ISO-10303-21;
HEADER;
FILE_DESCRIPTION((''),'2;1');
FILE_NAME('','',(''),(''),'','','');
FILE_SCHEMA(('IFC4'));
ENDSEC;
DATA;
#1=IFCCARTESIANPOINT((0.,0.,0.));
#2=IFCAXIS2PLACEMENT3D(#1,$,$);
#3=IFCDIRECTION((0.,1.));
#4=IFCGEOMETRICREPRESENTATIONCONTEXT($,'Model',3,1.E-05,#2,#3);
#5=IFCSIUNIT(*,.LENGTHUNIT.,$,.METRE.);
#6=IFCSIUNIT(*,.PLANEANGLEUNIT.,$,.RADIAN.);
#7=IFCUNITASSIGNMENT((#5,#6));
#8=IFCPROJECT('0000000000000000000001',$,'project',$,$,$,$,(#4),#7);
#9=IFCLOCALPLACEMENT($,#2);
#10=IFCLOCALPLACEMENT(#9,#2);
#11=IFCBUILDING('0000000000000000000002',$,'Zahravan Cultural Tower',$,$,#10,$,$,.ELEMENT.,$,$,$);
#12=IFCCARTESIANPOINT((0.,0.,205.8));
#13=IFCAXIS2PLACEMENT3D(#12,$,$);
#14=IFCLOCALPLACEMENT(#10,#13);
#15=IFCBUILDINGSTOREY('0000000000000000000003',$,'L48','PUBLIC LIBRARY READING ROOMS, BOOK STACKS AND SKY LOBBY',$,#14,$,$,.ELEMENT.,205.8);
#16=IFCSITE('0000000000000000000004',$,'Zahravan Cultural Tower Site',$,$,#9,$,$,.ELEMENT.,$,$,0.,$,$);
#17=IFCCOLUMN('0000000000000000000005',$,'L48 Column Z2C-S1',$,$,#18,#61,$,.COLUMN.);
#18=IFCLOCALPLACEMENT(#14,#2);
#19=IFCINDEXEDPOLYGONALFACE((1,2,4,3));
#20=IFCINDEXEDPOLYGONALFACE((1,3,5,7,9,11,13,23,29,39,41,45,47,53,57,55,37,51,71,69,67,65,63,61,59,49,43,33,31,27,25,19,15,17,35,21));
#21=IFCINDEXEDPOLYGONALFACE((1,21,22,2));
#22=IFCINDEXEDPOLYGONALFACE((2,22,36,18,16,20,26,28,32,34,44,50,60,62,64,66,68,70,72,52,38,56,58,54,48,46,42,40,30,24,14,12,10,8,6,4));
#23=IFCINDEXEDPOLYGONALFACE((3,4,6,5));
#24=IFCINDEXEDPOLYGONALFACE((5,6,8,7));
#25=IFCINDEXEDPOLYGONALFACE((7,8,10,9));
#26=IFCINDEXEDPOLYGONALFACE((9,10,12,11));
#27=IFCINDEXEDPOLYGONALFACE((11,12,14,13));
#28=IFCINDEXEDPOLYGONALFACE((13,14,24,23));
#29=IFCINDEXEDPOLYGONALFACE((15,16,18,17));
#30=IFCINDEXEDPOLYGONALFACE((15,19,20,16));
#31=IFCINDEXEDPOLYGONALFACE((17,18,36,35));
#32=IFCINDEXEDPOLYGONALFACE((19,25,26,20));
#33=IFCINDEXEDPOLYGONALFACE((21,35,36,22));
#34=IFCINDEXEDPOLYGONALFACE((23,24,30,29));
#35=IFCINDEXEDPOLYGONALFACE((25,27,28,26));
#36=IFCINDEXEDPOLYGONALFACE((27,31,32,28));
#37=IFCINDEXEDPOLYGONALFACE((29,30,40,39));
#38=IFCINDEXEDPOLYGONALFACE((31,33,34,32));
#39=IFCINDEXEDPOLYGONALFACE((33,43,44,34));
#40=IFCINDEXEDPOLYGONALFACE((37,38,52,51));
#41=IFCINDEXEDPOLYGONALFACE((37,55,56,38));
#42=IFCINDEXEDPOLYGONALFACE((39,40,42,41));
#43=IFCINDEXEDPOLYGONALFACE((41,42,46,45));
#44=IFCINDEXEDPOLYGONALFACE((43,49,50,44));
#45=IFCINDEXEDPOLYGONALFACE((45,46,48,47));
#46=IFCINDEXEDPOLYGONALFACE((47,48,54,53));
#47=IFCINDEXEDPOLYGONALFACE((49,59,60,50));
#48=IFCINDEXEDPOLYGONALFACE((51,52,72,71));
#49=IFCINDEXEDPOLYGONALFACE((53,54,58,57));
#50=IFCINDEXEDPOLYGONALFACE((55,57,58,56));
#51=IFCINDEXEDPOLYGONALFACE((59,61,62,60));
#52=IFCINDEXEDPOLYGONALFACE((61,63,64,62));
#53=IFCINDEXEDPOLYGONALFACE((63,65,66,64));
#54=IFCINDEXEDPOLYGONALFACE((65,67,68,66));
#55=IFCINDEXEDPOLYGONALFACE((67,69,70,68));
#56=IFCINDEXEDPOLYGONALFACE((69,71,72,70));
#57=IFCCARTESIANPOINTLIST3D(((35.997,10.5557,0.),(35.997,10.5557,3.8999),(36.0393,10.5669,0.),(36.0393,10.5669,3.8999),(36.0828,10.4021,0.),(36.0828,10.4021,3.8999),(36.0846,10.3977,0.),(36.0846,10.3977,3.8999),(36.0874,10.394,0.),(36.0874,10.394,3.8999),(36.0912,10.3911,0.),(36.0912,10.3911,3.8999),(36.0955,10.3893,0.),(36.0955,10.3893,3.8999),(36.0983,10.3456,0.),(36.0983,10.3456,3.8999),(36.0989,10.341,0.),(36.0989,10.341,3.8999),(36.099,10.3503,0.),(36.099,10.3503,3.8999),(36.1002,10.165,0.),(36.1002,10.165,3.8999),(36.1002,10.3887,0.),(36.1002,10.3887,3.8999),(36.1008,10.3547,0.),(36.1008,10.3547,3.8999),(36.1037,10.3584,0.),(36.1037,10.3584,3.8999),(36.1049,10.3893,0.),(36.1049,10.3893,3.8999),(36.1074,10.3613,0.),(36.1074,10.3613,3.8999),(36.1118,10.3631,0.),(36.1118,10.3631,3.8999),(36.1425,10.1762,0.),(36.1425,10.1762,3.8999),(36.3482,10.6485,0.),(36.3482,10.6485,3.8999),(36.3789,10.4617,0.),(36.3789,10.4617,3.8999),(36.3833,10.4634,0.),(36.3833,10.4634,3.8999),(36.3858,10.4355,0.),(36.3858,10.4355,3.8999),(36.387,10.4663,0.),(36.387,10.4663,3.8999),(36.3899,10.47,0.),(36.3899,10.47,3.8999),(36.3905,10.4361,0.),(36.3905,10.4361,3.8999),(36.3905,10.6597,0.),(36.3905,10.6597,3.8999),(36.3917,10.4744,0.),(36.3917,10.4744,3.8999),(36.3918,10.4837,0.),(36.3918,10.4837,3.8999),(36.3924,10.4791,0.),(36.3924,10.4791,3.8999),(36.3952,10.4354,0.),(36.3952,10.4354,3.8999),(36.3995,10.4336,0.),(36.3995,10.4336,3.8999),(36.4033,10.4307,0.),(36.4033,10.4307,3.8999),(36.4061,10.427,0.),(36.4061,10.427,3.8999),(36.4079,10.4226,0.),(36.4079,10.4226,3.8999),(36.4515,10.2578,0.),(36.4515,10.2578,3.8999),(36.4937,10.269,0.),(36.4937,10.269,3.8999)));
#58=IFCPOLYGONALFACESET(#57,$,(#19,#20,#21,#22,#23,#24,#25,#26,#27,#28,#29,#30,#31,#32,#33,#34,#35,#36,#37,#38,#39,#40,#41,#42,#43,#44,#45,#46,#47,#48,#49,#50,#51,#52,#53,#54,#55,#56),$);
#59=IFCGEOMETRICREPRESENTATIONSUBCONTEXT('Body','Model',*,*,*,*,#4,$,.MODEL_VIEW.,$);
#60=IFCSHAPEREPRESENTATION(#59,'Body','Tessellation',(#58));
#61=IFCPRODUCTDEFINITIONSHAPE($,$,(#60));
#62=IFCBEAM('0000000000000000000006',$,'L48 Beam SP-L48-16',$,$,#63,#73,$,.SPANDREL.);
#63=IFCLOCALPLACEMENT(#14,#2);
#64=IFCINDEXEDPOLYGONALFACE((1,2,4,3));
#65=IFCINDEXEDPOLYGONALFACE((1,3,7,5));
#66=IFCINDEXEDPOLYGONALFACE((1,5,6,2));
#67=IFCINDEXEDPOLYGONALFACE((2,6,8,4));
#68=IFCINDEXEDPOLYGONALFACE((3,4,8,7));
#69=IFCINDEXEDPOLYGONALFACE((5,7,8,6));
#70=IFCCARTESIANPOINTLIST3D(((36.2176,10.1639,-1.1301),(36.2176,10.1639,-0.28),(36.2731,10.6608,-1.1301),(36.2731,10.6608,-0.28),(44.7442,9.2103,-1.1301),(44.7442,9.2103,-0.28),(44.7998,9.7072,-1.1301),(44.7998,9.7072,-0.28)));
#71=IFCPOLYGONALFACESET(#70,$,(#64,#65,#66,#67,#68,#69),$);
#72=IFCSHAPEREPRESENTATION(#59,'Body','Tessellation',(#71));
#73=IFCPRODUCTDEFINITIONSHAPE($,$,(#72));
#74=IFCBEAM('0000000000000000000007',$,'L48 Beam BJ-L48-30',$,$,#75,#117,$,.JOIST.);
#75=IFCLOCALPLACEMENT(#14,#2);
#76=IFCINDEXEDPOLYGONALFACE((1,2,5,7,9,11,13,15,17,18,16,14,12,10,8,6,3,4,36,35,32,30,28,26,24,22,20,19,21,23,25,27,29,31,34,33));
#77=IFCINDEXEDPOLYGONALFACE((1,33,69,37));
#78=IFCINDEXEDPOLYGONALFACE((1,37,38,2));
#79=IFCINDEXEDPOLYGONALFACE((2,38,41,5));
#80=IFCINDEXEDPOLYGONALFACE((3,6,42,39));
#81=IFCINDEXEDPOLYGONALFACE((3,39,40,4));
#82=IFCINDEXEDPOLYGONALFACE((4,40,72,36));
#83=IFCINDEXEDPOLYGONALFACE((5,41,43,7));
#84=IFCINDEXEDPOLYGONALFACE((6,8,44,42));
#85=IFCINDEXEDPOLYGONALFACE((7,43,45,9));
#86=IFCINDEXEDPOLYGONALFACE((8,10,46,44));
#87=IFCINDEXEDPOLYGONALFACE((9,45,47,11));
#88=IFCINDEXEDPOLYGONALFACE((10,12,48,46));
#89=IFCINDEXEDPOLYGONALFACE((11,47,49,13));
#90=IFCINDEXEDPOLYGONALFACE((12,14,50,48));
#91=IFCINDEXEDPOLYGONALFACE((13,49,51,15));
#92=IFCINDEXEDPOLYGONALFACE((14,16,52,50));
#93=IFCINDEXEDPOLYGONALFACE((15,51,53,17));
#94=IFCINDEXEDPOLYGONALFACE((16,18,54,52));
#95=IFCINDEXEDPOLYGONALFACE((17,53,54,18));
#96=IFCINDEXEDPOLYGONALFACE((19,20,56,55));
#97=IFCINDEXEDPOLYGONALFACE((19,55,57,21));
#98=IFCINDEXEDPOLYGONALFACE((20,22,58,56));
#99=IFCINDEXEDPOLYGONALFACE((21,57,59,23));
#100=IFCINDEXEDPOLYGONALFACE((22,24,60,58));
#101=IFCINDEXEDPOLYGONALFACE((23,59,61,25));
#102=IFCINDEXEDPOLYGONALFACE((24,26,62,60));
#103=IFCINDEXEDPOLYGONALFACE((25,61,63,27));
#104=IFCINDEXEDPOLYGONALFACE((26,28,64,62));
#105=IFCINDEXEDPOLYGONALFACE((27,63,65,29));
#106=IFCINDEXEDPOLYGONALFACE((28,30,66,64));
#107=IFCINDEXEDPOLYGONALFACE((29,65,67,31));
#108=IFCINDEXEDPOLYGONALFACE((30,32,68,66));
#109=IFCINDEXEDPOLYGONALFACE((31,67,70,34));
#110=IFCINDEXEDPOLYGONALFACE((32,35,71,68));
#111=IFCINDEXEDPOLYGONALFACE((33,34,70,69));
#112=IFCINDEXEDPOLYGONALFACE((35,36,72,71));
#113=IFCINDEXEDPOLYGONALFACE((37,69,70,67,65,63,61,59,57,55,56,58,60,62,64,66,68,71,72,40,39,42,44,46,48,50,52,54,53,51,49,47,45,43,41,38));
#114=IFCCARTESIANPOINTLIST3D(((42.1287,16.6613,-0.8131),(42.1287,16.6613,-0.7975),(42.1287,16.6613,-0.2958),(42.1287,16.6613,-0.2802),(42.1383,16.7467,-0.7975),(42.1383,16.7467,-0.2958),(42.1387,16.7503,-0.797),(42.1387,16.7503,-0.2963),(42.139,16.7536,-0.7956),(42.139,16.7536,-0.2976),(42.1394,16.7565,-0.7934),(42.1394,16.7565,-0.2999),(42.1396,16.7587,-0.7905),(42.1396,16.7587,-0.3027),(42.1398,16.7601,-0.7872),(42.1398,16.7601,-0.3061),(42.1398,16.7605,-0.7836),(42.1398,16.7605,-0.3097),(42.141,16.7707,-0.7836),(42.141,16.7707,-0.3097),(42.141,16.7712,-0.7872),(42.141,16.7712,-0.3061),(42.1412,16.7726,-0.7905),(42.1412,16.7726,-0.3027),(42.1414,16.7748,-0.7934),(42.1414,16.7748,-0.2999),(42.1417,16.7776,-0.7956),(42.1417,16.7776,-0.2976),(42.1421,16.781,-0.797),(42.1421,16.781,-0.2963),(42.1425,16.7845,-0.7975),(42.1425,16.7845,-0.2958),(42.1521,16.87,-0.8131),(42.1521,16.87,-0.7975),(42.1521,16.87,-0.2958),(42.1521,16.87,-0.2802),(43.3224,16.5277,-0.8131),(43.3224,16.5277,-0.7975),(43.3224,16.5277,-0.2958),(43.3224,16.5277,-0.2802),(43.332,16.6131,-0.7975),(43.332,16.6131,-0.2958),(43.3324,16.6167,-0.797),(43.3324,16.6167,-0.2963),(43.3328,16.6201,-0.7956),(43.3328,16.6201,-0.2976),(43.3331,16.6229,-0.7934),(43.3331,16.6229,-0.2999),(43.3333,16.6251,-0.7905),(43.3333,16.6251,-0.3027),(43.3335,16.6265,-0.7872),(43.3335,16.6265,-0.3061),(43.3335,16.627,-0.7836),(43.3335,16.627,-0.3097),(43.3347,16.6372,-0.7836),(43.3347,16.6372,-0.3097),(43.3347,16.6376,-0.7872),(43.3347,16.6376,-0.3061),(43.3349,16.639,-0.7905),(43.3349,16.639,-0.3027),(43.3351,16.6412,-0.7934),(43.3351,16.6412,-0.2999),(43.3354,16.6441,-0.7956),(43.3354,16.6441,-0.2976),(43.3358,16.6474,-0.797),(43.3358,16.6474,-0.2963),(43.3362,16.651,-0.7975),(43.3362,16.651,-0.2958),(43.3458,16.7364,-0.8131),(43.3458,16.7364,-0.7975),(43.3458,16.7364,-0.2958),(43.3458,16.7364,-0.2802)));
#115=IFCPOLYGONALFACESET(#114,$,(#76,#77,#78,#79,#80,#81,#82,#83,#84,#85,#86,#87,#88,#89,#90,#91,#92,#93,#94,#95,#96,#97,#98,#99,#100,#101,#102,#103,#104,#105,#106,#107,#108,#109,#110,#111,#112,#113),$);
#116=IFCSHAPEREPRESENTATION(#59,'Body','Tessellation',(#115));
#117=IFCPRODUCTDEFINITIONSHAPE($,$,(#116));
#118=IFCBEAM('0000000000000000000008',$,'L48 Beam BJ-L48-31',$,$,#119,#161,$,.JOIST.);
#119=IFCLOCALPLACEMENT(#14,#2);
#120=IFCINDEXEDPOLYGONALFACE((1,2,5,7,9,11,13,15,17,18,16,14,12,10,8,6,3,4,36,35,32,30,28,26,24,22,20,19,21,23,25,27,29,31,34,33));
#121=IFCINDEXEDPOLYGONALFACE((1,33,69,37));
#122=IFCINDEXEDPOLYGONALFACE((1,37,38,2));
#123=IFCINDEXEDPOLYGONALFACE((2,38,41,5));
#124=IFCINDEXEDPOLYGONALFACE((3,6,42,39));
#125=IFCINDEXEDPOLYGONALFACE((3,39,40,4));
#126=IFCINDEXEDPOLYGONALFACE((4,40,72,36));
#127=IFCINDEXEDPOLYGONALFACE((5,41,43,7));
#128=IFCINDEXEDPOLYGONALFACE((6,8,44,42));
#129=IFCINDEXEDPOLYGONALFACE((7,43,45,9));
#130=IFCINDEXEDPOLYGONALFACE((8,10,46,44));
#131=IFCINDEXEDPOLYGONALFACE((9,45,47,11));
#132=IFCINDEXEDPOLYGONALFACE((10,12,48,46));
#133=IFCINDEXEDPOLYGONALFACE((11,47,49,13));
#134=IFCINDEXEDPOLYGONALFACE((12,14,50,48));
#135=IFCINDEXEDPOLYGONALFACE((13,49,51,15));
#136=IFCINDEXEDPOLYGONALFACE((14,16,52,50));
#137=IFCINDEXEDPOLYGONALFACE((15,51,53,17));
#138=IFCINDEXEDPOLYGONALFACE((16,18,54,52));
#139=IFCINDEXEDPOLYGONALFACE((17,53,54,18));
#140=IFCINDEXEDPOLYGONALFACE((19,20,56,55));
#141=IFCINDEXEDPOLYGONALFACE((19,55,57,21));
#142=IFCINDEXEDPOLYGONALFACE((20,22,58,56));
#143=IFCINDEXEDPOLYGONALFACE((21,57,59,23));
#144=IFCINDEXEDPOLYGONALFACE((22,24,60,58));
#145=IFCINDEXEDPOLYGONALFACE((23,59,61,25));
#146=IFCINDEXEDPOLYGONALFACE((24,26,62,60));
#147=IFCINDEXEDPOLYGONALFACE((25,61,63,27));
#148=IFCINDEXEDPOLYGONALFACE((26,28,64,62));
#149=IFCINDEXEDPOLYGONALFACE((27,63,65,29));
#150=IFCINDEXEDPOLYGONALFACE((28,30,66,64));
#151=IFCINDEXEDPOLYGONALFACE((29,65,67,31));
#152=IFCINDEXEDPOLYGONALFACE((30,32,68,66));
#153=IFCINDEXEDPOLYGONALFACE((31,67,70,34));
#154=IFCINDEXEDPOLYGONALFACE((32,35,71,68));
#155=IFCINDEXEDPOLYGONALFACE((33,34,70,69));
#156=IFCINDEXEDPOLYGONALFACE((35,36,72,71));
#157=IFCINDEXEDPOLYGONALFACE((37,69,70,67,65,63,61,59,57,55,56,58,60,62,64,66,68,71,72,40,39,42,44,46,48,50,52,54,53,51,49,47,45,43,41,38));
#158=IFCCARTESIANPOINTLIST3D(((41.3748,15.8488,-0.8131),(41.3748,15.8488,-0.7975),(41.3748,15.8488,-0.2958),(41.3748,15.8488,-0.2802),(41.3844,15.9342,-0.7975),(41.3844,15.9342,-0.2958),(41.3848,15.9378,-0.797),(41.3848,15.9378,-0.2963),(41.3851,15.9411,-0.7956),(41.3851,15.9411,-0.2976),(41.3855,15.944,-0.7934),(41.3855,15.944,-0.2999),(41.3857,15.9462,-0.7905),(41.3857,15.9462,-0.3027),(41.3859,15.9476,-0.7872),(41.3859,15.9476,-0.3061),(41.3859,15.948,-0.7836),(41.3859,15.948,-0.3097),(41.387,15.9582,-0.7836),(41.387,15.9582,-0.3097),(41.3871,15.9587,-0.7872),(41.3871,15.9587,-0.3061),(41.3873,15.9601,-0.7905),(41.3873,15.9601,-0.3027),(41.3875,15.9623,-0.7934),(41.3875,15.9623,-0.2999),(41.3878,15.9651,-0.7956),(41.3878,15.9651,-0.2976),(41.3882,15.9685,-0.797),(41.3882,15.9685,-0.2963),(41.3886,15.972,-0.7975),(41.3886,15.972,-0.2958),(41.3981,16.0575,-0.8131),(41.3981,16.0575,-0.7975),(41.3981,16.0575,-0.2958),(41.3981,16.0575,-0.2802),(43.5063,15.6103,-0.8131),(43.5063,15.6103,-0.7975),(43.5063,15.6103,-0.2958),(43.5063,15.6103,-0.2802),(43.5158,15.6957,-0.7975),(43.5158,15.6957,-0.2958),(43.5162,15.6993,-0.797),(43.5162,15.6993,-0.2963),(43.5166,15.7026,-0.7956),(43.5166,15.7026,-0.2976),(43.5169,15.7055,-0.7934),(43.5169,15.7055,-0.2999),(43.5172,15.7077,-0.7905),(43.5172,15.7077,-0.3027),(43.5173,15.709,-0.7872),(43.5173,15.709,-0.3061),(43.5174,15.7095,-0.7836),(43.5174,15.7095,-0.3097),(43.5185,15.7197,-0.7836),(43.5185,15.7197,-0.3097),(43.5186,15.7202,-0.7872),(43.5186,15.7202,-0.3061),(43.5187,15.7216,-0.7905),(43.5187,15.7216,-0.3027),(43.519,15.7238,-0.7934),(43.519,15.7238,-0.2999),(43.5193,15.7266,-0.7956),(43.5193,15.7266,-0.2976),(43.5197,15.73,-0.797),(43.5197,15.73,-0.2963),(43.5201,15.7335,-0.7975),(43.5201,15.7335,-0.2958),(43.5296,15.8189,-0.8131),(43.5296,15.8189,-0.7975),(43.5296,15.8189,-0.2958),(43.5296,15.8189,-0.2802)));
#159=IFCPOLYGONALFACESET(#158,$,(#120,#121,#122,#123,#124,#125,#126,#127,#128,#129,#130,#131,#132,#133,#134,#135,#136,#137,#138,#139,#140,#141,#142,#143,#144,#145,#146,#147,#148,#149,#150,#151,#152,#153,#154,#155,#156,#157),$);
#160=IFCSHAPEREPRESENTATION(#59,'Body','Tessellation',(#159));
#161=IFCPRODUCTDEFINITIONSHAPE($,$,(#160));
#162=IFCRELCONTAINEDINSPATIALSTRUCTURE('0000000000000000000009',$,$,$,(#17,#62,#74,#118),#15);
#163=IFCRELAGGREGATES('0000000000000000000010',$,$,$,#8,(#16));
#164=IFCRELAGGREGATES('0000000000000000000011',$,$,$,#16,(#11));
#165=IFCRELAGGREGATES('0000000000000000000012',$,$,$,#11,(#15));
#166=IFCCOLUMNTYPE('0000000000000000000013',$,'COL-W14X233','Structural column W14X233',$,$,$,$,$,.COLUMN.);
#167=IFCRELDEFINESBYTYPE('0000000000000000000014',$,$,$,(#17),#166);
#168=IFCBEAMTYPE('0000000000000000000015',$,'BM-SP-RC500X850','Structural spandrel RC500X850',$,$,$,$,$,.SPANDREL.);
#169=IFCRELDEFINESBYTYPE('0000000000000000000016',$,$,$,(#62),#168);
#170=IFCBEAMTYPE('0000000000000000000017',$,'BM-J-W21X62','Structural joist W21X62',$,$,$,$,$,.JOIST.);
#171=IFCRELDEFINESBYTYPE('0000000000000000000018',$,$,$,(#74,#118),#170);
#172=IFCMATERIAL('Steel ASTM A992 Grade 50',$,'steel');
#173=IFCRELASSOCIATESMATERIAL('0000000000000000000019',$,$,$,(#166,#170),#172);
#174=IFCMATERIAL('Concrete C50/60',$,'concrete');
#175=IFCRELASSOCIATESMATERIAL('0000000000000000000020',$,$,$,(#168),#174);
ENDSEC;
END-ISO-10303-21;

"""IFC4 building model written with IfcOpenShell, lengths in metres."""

from ifc_helpers import new_model, si_unit, direction, frame, origin, origin_2d, place, context, subcontext, project, spatial, rectangle, i_section, extrude, source, transform, mapped, material, material_profile, profile_set, type_object, element, save


model = new_model("IFC4")

# Units and contexts
model_context = context("Model", 3, precision=1e-05, world=origin(), true_north=direction((0.0, 1.0)))
body_context = subcontext(model_context, "Body", "Model", "MODEL_VIEW")
ifc_project = project(units=[si_unit("LENGTHUNIT", "METRE"), si_unit("PLANEANGLEUNIT", "RADIAN")], contexts=[model_context])

# Site, building, storey
site_placement = place(None, origin())
site = spatial("IfcSite", under=ifc_project, at=site_placement, Name="Zahravan Cultural Tower Site", CompositionType="ELEMENT", RefElevation=0.0)
building_placement = place(site_placement, origin())
building = spatial("IfcBuilding", under=site, at=building_placement, Name="Zahravan Cultural Tower", CompositionType="ELEMENT")
storey_placement = place(building_placement, frame((0.0, 0.0, 205.8)))
storey = spatial("IfcBuildingStorey", under=building, at=storey_placement, Name="L48", Description="PUBLIC LIBRARY READING ROOMS, BOOK STACKS AND SKY LOBBY", CompositionType="ELEMENT", Elevation=205.8)

# Column
ifc_material_1 = material(Name="Steel ASTM A992 Grade 50", Category="steel")
ifc_material_profile_1 = material_profile(ifc_material_1, i_section(OverallWidth=0.4041, OverallDepth=0.407, WebThickness=0.0271, FlangeThickness=0.0437, FilletRadius=0.0181, at=origin_2d()), Name="W14X233")
ifc_profile_set_1 = profile_set([ifc_material_profile_1], Name="Steel ASTM A992 Grade 50")
column_type = type_object("IfcColumnType", Name="COL-W14X233", Description="Structural column W14X233", PredefinedType="COLUMN", material=ifc_profile_set_1)
shared_shape_1 = source(origin(), body_context, "Body", "SweptSolid", [
    extrude(i_section(OverallWidth=0.4041, OverallDepth=0.407, WebThickness=0.0271, FlangeThickness=0.0437, FilletRadius=0.0181, at=origin_2d()), origin(), (0.0, 0.0, 1.0), 3.8999),
])
column_placement = place(storey_placement, frame((36.2454, 10.4124, 0.0), z_axis=(0.0, 0.0, 1.0), x_axis=(-0.255446, 0.966823, 0.0)))
element("IfcColumn", 1, at=column_placement, inside=storey, type_object=column_type, Name="L48 Column Z2C-S1", PredefinedType="COLUMN", context=body_context, shape_type="MappedRepresentation", body=[
    mapped(shared_shape_1, transform((0.0, 0.0, 0.0), x_axis=(1.0, 0.0, 0.0), y_axis=(0.0, 1.0, 0.0), z_axis=(0.0, 0.0, 1.0), scale=1.0)),
])

# Beams
ifc_material_2 = material(Name="Concrete C50/60", Category="concrete")
ifc_material_profile_2 = material_profile(ifc_material_2, rectangle(XDim=0.5, YDim=0.8501, at=origin_2d()), Name="RC500X850")
ifc_profile_set_2 = profile_set([ifc_material_profile_2], Name="Concrete C50/60")
beam_type_1 = type_object("IfcBeamType", Name="BM-SP-RC500X850", Description="Structural spandrel RC500X850", PredefinedType="SPANDREL", material=ifc_profile_set_2)
shared_shape_2 = source(origin(), body_context, "Body", "SweptSolid", [
    extrude(rectangle(XDim=0.5, YDim=0.8501, at=origin_2d()), origin(), (0.0, 0.0, 1.0), 8.5798),
])
beam_1_placement = place(storey_placement, frame((36.2454, 10.4124, -0.7051), z_axis=(0.993804, -0.111147, 0.0), x_axis=(0.111147, 0.993804, 0.0)))
element("IfcBeam", 2, at=beam_1_placement, inside=storey, type_object=beam_type_1, Name="L48 Beam SP-L48-16", PredefinedType="SPANDREL", context=body_context, shape_type="MappedRepresentation", body=[
    mapped(shared_shape_2, transform((0.0, 0.0, 0.0), x_axis=(1.0, 0.0, 0.0), y_axis=(0.0, 1.0, 0.0), z_axis=(0.0, 0.0, 1.0), scale=1.0)),
])
ifc_material_profile_3 = material_profile(ifc_material_1, i_section(OverallWidth=0.21, OverallDepth=0.533, WebThickness=0.0103, FlangeThickness=0.0156, FilletRadius=0.0139, at=origin_2d()), Name="W21X62")
ifc_profile_set_3 = profile_set([ifc_material_profile_3], Name="Steel ASTM A992 Grade 50")
beam_type_2 = type_object("IfcBeamType", Name="BM-J-W21X62", Description="Structural joist W21X62", PredefinedType="JOIST", material=ifc_profile_set_3)
shared_shape_3 = source(origin(), body_context, "Body", "SweptSolid", [
    extrude(i_section(OverallWidth=0.21, OverallDepth=0.533, WebThickness=0.0103, FlangeThickness=0.0156, FilletRadius=0.0139, at=origin_2d()), origin(), (0.0, 0.0, 1.0), 1.2012),
])
beam_2_placement = place(storey_placement, frame((42.1404, 16.7656, -0.5466), z_axis=(0.993799, -0.11119, 0.0), x_axis=(0.11119, 0.993799, 0.0)))
element("IfcBeam", 3, at=beam_2_placement, inside=storey, type_object=beam_type_2, Name="L48 Beam BJ-L48-30", PredefinedType="JOIST", context=body_context, shape_type="MappedRepresentation", body=[
    mapped(shared_shape_3, transform((0.0, 0.0, 0.0), x_axis=(1.0, 0.0, 0.0), y_axis=(0.0, 1.0, 0.0), z_axis=(0.0, 0.0, 1.0), scale=1.0)),
])
shared_shape_4 = source(origin(), body_context, "Body", "SweptSolid", [
    extrude(i_section(OverallWidth=0.21, OverallDepth=0.533, WebThickness=0.0103, FlangeThickness=0.0156, FilletRadius=0.0139, at=origin_2d()), origin(), (0.0, 0.0, 1.0), 2.1448),
])
beam_3_placement = place(storey_placement, frame((41.3865, 15.9531, -0.5466), z_axis=(0.993797, -0.111206, 0.0), x_axis=(0.111206, 0.993797, 0.0)))
element("IfcBeam", 4, at=beam_3_placement, inside=storey, type_object=beam_type_2, Name="L48 Beam BJ-L48-31", PredefinedType="JOIST", context=body_context, shape_type="MappedRepresentation", body=[
    mapped(shared_shape_4, transform((0.0, 0.0, 0.0), x_axis=(1.0, 0.0, 0.0), y_axis=(0.0, 1.0, 0.0), z_axis=(0.0, 0.0, 1.0), scale=1.0)),
])

save(model, "model.ifc")
